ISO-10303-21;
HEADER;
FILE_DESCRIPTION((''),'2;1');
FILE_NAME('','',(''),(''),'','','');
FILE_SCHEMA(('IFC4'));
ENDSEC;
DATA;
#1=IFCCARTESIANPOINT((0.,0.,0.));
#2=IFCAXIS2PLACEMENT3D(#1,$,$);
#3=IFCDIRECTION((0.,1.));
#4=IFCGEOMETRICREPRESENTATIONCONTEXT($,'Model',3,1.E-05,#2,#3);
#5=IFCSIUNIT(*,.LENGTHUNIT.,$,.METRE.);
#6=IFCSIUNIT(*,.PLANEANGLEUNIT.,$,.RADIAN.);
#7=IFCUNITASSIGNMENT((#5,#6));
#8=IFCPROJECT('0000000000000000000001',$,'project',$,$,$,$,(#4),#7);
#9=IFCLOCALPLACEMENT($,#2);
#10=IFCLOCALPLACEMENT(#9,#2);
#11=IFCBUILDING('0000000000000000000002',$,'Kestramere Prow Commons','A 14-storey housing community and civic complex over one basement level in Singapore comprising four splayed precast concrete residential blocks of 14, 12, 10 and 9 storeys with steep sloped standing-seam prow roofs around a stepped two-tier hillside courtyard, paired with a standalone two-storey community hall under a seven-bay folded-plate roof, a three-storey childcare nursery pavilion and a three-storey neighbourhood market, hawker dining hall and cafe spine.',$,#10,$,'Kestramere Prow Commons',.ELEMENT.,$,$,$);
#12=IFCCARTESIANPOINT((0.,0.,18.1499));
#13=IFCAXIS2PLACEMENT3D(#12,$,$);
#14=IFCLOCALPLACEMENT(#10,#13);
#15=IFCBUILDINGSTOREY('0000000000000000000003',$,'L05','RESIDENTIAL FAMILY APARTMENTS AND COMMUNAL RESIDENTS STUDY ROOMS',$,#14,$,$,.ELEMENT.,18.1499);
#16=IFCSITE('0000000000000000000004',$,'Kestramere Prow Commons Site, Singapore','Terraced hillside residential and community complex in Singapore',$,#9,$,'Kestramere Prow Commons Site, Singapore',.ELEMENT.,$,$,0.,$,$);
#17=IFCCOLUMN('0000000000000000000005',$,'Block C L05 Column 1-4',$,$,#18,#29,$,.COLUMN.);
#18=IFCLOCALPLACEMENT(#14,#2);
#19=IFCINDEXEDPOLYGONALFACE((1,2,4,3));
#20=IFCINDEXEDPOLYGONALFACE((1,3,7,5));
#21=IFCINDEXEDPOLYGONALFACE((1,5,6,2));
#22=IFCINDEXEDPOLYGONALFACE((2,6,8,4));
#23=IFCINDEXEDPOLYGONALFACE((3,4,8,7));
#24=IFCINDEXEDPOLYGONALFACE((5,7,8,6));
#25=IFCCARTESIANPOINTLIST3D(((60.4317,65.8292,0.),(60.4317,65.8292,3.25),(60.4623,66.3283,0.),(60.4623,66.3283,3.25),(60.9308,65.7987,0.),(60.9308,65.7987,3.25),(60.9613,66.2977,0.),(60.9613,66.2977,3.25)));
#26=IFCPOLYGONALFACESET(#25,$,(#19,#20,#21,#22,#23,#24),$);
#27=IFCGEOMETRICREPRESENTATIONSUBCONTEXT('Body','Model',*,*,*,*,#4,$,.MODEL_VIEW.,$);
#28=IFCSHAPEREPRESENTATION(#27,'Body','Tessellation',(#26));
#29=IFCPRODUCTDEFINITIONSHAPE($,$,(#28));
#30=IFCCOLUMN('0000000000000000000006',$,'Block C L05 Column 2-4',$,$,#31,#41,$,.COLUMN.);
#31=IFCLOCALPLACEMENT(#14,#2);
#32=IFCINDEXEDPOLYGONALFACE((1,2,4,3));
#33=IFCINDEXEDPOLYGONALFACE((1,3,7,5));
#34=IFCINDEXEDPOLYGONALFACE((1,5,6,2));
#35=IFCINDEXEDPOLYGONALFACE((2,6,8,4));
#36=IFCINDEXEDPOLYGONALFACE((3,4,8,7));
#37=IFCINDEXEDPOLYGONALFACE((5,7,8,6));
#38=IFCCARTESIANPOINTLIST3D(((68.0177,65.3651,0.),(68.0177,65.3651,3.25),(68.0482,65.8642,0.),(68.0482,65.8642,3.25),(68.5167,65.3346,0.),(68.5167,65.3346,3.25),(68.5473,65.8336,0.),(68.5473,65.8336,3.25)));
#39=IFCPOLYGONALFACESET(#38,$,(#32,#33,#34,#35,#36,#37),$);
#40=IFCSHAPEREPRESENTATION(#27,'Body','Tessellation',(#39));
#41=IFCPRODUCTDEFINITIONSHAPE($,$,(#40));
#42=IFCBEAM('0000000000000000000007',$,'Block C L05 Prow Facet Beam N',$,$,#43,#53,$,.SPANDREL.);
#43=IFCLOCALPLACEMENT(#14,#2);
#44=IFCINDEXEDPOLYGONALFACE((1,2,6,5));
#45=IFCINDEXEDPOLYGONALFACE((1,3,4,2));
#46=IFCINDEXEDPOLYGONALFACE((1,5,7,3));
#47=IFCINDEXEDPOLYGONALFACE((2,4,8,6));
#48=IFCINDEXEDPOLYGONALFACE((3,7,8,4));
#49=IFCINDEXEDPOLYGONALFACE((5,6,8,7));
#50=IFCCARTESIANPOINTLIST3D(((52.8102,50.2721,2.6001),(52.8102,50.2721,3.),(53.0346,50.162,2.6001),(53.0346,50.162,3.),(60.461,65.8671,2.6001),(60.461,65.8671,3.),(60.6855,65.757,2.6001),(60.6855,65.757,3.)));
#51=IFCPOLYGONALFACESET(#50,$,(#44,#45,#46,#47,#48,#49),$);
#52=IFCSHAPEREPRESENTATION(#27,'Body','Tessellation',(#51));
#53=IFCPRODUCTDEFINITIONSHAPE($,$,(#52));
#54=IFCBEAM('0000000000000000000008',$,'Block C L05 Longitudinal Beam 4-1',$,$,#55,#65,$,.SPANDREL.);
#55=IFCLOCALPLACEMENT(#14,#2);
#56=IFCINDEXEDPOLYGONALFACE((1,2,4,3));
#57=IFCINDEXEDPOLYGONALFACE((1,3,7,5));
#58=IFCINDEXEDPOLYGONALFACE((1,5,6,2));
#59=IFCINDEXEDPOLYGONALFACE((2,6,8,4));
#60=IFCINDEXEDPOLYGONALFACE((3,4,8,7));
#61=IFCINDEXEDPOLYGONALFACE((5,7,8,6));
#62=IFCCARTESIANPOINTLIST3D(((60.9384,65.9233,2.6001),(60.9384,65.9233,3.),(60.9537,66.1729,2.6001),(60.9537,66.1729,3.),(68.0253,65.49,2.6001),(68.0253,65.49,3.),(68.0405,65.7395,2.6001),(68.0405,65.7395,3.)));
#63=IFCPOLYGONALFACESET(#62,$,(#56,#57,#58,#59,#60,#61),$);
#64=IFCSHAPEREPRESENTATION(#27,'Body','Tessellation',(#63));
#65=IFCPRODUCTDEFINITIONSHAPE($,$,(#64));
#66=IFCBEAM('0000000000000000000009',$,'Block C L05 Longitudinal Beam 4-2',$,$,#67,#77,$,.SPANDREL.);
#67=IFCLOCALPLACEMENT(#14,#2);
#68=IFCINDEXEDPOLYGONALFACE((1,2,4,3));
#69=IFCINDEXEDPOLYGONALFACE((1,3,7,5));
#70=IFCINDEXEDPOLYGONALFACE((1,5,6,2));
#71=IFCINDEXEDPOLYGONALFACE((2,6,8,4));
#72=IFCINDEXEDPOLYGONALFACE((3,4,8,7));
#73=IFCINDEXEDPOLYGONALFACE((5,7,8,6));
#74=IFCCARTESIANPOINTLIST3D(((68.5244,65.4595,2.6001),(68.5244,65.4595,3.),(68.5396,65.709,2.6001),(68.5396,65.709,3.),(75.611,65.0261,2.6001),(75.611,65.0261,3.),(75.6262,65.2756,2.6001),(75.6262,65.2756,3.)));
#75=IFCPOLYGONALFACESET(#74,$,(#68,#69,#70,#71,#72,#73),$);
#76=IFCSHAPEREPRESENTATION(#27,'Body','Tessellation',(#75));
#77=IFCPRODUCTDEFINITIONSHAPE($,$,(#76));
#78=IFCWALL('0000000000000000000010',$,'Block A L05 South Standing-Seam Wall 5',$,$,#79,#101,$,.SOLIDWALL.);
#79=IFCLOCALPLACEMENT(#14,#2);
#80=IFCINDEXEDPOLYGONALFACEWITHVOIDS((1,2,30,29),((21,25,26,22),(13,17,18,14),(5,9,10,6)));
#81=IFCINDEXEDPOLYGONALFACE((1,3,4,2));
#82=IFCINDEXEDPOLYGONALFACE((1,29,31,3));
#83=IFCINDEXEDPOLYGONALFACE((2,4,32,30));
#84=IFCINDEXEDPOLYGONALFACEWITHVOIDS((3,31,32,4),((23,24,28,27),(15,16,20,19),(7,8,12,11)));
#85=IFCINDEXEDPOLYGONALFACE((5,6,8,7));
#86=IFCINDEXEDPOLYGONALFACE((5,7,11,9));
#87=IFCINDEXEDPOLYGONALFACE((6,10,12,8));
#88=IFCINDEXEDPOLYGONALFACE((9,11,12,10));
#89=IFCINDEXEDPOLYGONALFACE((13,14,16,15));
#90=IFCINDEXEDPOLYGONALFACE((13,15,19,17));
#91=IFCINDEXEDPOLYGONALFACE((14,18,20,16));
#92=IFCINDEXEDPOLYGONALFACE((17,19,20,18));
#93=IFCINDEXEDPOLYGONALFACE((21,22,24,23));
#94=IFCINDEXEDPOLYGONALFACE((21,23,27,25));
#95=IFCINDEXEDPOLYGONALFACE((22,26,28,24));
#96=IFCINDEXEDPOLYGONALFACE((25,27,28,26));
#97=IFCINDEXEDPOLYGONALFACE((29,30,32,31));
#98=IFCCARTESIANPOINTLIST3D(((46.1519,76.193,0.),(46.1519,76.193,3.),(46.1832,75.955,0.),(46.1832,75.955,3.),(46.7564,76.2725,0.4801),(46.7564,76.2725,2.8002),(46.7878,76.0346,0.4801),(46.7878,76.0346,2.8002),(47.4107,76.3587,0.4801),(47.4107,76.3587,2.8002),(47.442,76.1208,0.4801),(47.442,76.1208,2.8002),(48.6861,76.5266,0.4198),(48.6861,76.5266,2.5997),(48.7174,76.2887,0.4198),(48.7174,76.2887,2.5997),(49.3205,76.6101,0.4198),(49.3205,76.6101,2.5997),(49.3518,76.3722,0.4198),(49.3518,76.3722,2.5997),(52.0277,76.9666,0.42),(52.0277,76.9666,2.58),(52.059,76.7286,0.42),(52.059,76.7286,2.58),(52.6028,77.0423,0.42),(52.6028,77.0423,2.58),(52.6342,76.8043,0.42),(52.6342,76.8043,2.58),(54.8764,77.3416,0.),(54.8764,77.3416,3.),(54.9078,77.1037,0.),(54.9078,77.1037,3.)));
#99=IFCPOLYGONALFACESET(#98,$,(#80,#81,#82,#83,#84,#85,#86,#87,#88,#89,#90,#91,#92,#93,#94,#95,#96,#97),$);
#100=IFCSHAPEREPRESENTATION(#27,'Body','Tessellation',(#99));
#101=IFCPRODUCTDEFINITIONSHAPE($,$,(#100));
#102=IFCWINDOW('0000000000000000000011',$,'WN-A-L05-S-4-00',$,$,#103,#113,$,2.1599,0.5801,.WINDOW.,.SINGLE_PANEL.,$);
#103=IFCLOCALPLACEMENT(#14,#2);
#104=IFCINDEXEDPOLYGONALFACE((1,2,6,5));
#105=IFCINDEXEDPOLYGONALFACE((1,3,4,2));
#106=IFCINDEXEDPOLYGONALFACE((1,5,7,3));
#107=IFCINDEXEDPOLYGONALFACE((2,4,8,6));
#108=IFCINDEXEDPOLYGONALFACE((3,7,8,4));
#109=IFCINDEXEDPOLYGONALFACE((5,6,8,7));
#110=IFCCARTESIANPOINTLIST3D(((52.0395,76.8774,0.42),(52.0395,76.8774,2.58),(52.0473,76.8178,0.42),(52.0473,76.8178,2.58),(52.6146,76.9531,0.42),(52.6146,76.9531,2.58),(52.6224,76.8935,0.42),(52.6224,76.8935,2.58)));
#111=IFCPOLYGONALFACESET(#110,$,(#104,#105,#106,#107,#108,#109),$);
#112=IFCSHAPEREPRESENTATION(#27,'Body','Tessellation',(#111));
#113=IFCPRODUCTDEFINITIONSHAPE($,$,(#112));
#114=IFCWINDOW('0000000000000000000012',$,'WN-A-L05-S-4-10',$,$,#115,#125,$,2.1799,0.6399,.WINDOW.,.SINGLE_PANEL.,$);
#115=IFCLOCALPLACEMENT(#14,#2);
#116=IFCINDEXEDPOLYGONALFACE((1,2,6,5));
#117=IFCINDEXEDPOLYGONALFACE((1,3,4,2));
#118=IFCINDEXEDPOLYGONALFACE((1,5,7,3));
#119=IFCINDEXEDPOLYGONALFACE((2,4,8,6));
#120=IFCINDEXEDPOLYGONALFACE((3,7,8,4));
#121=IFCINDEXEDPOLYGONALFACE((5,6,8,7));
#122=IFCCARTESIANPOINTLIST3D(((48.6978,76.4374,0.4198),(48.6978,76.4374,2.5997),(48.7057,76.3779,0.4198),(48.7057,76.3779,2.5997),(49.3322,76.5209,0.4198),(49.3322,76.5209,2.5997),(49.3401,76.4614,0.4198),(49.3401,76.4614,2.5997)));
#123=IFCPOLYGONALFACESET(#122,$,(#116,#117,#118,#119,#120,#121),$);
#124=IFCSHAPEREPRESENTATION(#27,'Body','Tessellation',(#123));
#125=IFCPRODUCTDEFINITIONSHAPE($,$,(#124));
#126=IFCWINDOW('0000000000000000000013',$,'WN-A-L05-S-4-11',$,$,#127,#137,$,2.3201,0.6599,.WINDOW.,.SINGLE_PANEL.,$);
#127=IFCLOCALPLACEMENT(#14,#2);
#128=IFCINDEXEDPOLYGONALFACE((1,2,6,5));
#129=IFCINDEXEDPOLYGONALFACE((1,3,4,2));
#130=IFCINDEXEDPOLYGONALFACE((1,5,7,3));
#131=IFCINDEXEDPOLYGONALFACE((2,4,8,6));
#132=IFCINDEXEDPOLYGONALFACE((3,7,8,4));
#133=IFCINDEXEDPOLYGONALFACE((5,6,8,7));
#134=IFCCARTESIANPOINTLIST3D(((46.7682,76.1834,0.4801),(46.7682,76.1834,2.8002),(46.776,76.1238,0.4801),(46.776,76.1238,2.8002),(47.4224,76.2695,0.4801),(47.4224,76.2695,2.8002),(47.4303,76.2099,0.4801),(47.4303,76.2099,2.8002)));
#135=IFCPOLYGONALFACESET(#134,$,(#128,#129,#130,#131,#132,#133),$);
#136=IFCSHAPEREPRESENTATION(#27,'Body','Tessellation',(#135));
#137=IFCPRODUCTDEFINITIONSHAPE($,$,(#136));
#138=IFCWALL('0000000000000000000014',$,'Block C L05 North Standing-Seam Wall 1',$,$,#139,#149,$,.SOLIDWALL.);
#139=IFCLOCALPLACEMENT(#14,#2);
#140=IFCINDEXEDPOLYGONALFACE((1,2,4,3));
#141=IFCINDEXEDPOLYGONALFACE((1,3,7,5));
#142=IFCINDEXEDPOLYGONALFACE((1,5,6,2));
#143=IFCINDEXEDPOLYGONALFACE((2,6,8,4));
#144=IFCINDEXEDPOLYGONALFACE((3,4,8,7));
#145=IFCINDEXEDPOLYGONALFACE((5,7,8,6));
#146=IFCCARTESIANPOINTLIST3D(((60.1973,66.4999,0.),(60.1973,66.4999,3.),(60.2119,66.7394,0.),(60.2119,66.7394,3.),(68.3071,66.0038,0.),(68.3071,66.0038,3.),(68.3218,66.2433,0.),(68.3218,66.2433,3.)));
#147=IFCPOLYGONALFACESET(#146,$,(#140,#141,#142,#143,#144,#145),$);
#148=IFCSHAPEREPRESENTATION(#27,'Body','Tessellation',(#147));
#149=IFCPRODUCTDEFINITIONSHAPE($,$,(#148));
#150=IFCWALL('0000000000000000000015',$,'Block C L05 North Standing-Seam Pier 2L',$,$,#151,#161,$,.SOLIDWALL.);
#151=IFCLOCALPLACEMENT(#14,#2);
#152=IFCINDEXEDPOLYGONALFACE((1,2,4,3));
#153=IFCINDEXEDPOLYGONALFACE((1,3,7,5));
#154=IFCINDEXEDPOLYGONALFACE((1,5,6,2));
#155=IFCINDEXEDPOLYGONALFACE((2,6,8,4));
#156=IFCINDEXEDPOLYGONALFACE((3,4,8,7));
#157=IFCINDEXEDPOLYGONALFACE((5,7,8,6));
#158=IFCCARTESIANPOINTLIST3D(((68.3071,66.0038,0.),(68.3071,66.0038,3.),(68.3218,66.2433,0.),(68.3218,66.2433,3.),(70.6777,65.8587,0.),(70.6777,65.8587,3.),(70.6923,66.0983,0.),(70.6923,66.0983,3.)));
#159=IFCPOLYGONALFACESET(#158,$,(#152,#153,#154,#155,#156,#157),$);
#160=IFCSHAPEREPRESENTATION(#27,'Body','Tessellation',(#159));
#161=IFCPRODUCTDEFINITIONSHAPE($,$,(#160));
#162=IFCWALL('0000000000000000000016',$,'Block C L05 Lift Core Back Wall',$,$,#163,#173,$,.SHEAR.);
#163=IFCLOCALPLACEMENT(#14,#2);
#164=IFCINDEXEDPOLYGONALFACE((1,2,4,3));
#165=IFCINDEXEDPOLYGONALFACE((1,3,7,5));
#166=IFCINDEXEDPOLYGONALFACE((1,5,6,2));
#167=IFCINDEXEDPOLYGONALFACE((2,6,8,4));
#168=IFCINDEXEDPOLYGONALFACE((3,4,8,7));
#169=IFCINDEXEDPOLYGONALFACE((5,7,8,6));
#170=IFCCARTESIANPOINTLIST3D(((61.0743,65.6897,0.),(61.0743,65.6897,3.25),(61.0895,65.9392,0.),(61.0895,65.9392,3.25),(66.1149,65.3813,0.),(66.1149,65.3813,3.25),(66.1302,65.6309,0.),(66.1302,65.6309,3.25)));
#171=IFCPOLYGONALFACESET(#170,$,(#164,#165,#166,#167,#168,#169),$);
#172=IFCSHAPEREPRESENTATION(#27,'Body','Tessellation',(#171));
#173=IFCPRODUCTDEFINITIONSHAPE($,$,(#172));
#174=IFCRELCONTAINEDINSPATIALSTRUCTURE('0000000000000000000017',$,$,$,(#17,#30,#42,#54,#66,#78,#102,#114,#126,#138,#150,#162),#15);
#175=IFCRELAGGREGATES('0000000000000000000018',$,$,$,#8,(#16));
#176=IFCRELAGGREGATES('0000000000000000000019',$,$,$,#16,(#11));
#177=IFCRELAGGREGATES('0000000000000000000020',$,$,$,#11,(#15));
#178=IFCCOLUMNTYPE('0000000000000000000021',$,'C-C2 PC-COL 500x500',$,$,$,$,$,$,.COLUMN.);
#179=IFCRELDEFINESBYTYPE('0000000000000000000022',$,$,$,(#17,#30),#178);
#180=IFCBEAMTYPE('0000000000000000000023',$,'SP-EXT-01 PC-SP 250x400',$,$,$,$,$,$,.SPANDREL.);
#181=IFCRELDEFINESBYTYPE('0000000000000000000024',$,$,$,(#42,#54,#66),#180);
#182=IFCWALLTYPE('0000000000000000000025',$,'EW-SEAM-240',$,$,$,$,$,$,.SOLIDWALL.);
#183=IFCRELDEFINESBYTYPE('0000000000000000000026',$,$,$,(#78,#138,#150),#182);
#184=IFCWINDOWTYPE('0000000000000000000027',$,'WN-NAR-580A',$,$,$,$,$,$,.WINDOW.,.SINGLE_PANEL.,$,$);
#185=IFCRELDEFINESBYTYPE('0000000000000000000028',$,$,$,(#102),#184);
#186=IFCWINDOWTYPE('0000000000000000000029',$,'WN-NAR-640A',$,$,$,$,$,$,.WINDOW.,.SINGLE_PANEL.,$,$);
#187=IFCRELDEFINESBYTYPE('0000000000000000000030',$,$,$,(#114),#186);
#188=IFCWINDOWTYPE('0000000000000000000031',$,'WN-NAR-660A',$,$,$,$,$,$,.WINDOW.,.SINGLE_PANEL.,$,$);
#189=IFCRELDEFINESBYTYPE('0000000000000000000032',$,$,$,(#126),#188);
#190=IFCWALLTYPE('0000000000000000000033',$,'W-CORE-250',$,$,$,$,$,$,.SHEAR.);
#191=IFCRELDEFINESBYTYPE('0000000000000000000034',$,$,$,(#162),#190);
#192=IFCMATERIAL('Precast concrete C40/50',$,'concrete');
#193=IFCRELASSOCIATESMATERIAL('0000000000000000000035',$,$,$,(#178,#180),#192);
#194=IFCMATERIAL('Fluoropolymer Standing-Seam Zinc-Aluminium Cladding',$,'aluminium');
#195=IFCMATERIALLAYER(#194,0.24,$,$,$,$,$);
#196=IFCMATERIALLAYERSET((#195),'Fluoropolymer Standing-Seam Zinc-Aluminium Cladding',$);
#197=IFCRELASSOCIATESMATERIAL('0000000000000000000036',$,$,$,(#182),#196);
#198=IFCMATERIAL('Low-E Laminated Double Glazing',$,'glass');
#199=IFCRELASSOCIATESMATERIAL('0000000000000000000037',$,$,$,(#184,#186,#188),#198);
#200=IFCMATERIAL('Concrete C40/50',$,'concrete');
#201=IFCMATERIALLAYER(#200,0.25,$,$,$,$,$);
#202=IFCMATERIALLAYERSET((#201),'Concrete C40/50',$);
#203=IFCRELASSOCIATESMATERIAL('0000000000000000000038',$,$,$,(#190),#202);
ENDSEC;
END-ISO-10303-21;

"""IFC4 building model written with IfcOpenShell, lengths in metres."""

from ifc_helpers import new_model, si_unit, direction, frame, frame_2d, origin, origin_2d, place, context, subcontext, project, spatial, rectangle, extrude, material, layer, layer_set, material_profile, profile_set, type_object, element, fill, save


model = new_model("IFC4")

# Units and contexts
model_context = context("Model", 3, precision=1e-05, world=origin(), true_north=direction((0.0, 1.0)))
body_context = subcontext(model_context, "Body", "Model", "MODEL_VIEW")
ifc_project = project(units=[si_unit("LENGTHUNIT", "METRE"), si_unit("PLANEANGLEUNIT", "RADIAN")], contexts=[model_context])

# Site, building, storey
site_placement = place(None, origin())
site = spatial("IfcSite", under=ifc_project, at=site_placement, Name="Kestramere Prow Commons Site, Singapore", Description="Terraced hillside residential and community complex in Singapore", LongName="Kestramere Prow Commons Site, Singapore", CompositionType="ELEMENT", RefElevation=0.0)
building_placement = place(site_placement, origin())
building = spatial("IfcBuilding", under=site, at=building_placement, Name="Kestramere Prow Commons", Description="A 14-storey housing community and civic complex over one basement level in Singapore comprising four splayed precast concrete residential blocks of 14, 12, 10 and 9 storeys with steep sloped standing-seam prow roofs around a stepped two-tier hillside courtyard, paired with a standalone two-storey community hall under a seven-bay folded-plate roof, a three-storey childcare nursery pavilion and a three-storey neighbourhood market, hawker dining hall and cafe spine.", LongName="Kestramere Prow Commons", CompositionType="ELEMENT")
storey_placement = place(building_placement, frame((0.0, 0.0, 18.1499)))
storey = spatial("IfcBuildingStorey", under=building, at=storey_placement, Name="L05", Description="RESIDENTIAL FAMILY APARTMENTS AND COMMUNAL RESIDENTS STUDY ROOMS", CompositionType="ELEMENT", Elevation=18.1499)

# Columns
ifc_material_1 = material(Name="Precast concrete C40/50", Category="concrete")
ifc_material_profile_1 = material_profile(ifc_material_1, rectangle(XDim=0.5, YDim=0.5, at=origin_2d()), Name="PC-COL 500x500")
ifc_profile_set_1 = profile_set([ifc_material_profile_1], Name="Precast concrete C40/50")
column_type = type_object("IfcColumnType", Name="C-C2 PC-COL 500x500", PredefinedType="COLUMN", material=ifc_profile_set_1)
for number, where, z_axis, x_axis, name in (
    (1, (60.6965, 66.0635, 0.0), (0.0, 0.0, 1.0), (0.998135, -0.061049, 0.0), "Block C L05 Column 1-4"),
    (2, (68.2825, 65.5994, 0.0), (0.0, 0.0, 1.0), (0.998135, -0.061049, 0.0), "Block C L05 Column 2-4"),
):
    element("IfcColumn", number, at=place(storey_placement, frame(where, z_axis=z_axis, x_axis=x_axis)), inside=storey, type_object=column_type, Name=name, PredefinedType="COLUMN", context=body_context, shape_type="SweptSolid", body=[
        extrude(rectangle(XDim=0.5, YDim=0.5, at=origin_2d()), origin(), (0.0, 0.0, 1.0), 3.25),
    ])

# Beams
ifc_material_profile_2 = material_profile(ifc_material_1, rectangle(XDim=0.25, YDim=0.3999, at=origin_2d()), Name="PC-SP 250x400")
ifc_profile_set_2 = profile_set([ifc_material_profile_2], Name="Precast concrete C40/50")
beam_type = type_object("IfcBeamType", Name="SP-EXT-01 PC-SP 250x400", PredefinedType="SPANDREL", material=ifc_profile_set_2)
beam_1_placement = place(storey_placement, frame((60.5732, 65.812, 2.8), z_axis=(-0.440449, -0.897778, 0.0), x_axis=(0.897778, -0.440449, 0.0)))
element("IfcBeam", 3, at=beam_1_placement, inside=storey, type_object=beam_type, Name="Block C L05 Prow Facet Beam N", PredefinedType="SPANDREL", context=body_context, shape_type="SweptSolid", body=[
    extrude(rectangle(XDim=0.25, YDim=0.3999, at=origin_2d()), origin(), (0.0, 0.0, 1.0), 17.3706),
])
beam_2_placement = place(storey_placement, frame((60.946, 66.0481, 2.8), z_axis=(0.998136, -0.061034, 0.0), x_axis=(0.061034, 0.998136, 0.0)))
element("IfcBeam", 4, at=beam_2_placement, inside=storey, type_object=beam_type, Name="Block C L05 Longitudinal Beam 4-1", PredefinedType="SPANDREL", context=body_context, shape_type="SweptSolid", body=[
    extrude(rectangle(XDim=0.25, YDim=0.3999, at=origin_2d()), origin(), (0.0, 0.0, 1.0), 7.1001),
])
beam_3_placement = place(storey_placement, frame((68.532, 65.5842, 2.8), z_axis=(0.998136, -0.061036, 0.0), x_axis=(0.061036, 0.998136, 0.0)))
element("IfcBeam", 5, at=beam_3_placement, inside=storey, type_object=beam_type, Name="Block C L05 Longitudinal Beam 4-2", PredefinedType="SPANDREL", context=body_context, shape_type="SweptSolid", body=[
    extrude(rectangle(XDim=0.25, YDim=0.3999, at=origin_2d()), origin(), (0.0, 0.0, 1.0), 7.0999),
])

# Wall, openings, windows
ifc_material_2 = material(Name="Fluoropolymer Standing-Seam Zinc-Aluminium Cladding", Category="aluminium")
ifc_layer_1 = layer(ifc_material_2, 0.24)
ifc_layer_set_1 = layer_set([ifc_layer_1], Name="Fluoropolymer Standing-Seam Zinc-Aluminium Cladding")
wall_type_1 = type_object("IfcWallType", Name="EW-SEAM-240", PredefinedType="SOLIDWALL", material=ifc_layer_set_1)
wall_1_placement = place(storey_placement, frame((54.8921, 77.2227, 0.0), z_axis=(0.0, 0.0, 1.0), x_axis=(-0.991444, -0.130533, 0.0)))
wall_1 = element("IfcWall", 6, at=wall_1_placement, inside=storey, type_object=wall_type_1, Name="Block A L05 South Standing-Seam Wall 5", PredefinedType="SOLIDWALL", context=body_context, shape_type="SweptSolid", body=[
    extrude(rectangle(XDim=8.7998, YDim=0.24, at=frame_2d((4.3999, 0.0))), origin(), (0.0, 0.0, 1.0), 3.0),
])
opening_1_placement = place(wall_1_placement, frame((2.2932, 0.0, 0.4199)))
opening_1 = element("IfcOpeningElement", 7, at=opening_1_placement, cuts=wall_1, PredefinedType="OPENING", context=body_context, shape_type="SweptSolid", body=[
    extrude(rectangle(XDim=0.5801, YDim=2.1599, at=frame_2d((0.29, 1.0801))), frame((0.0, 0.135, 0.0), z_axis=(0.0, -1.0, 0.0), x_axis=(1.0, 0.0, 0.0)), (0.0, 0.0, 1.0), 0.27),
])
opening_2_placement = place(wall_1_placement, frame((5.604, 0.0, 0.4199)))
opening_2 = element("IfcOpeningElement", 8, at=opening_2_placement, cuts=wall_1, PredefinedType="OPENING", context=body_context, shape_type="SweptSolid", body=[
    extrude(rectangle(XDim=0.6399, YDim=2.1799, at=frame_2d((0.3198, 1.0898))), frame((0.0, 0.135, 0.0), z_axis=(0.0, -1.0, 0.0), x_axis=(1.0, 0.0, 0.0)), (0.0, 0.0, 1.0), 0.27),
])
opening_3_placement = place(wall_1_placement, frame((7.53, 0.0, 0.48)))
opening_3 = element("IfcOpeningElement", 9, at=opening_3_placement, cuts=wall_1, PredefinedType="OPENING", context=body_context, shape_type="SweptSolid", body=[
    extrude(rectangle(XDim=0.6599, YDim=2.3201, at=frame_2d((0.3301, 1.1602))), frame((0.0, 0.135, 0.0), z_axis=(0.0, -1.0, 0.0), x_axis=(1.0, 0.0, 0.0)), (0.0, 0.0, 1.0), 0.27),
])
ifc_material_3 = material(Name="Low-E Laminated Double Glazing", Category="glass")
window_type_1 = type_object("IfcWindowType", Name="WN-NAR-580A", PartitioningType="SINGLE_PANEL", PredefinedType="WINDOW", material=ifc_material_3)
window_1_placement = place(opening_1_placement, origin())
window_1 = element("IfcWindow", 10, at=window_1_placement, inside=storey, type_object=window_type_1, Name="WN-A-L05-S-4-00", OverallHeight=2.1599, OverallWidth=0.5801, PartitioningType="SINGLE_PANEL", PredefinedType="WINDOW", context=body_context, shape_type="SweptSolid", body=[
    extrude(rectangle(XDim=0.5801, YDim=2.1599, at=frame_2d((0.29, 1.0801))), frame((0.0, 0.03, 0.0), z_axis=(0.0, -1.0, 0.0), x_axis=(1.0, 0.0, 0.0)), (0.0, 0.0, 1.0), 0.0601),
])
fill(opening_1, window_1)
window_type_2 = type_object("IfcWindowType", Name="WN-NAR-640A", PartitioningType="SINGLE_PANEL", PredefinedType="WINDOW", material=ifc_material_3)
window_2_placement = place(opening_2_placement, origin())
window_2 = element("IfcWindow", 11, at=window_2_placement, inside=storey, type_object=window_type_2, Name="WN-A-L05-S-4-10", OverallHeight=2.1799, OverallWidth=0.6399, PartitioningType="SINGLE_PANEL", PredefinedType="WINDOW", context=body_context, shape_type="SweptSolid", body=[
    extrude(rectangle(XDim=0.6399, YDim=2.1799, at=frame_2d((0.3198, 1.0898))), frame((0.0, 0.03, 0.0), z_axis=(0.0, -1.0, 0.0), x_axis=(1.0, 0.0, 0.0)), (0.0, 0.0, 1.0), 0.0601),
])
fill(opening_2, window_2)
window_type_3 = type_object("IfcWindowType", Name="WN-NAR-660A", PartitioningType="SINGLE_PANEL", PredefinedType="WINDOW", material=ifc_material_3)
window_3_placement = place(opening_3_placement, origin())
window_3 = element("IfcWindow", 12, at=window_3_placement, inside=storey, type_object=window_type_3, Name="WN-A-L05-S-4-11", OverallHeight=2.3201, OverallWidth=0.6599, PartitioningType="SINGLE_PANEL", PredefinedType="WINDOW", context=body_context, shape_type="SweptSolid", body=[
    extrude(rectangle(XDim=0.6599, YDim=2.3201, at=frame_2d((0.3301, 1.1602))), frame((0.0, 0.03, 0.0), z_axis=(0.0, -1.0, 0.0), x_axis=(1.0, 0.0, 0.0)), (0.0, 0.0, 1.0), 0.0601),
])
fill(opening_3, window_3)

# Walls
wall_2_placement = place(storey_placement, frame((60.2046, 66.6196, 0.0), z_axis=(0.0, 0.0, 1.0), x_axis=(0.998134, -0.061058, 0.0)))
element("IfcWall", 13, at=wall_2_placement, inside=storey, type_object=wall_type_1, Name="Block C L05 North Standing-Seam Wall 1", PredefinedType="SOLIDWALL", context=body_context, shape_type="SweptSolid", body=[
    extrude(rectangle(XDim=8.125, YDim=0.24, at=frame_2d((4.0625, 0.0))), origin(), (0.0, 0.0, 1.0), 3.0),
])
wall_3_placement = place(storey_placement, frame((68.3145, 66.1235, 0.0), z_axis=(0.0, 0.0, 1.0), x_axis=(0.998134, -0.06106, 0.0)))
element("IfcWall", 14, at=wall_3_placement, inside=storey, type_object=wall_type_1, Name="Block C L05 North Standing-Seam Pier 2L", PredefinedType="SOLIDWALL", context=body_context, shape_type="SweptSolid", body=[
    extrude(rectangle(XDim=2.375, YDim=0.24, at=frame_2d((1.1875, 0.0))), origin(), (0.0, 0.0, 1.0), 3.0),
])
ifc_material_4 = material(Name="Concrete C40/50", Category="concrete")
ifc_layer_2 = layer(ifc_material_4, 0.25)
ifc_layer_set_2 = layer_set([ifc_layer_2], Name="Concrete C40/50")
wall_type_2 = type_object("IfcWallType", Name="W-CORE-250", PredefinedType="SHEAR", material=ifc_layer_set_2)
wall_4_placement = place(storey_placement, frame((61.082, 65.8145, 0.0), z_axis=(0.0, 0.0, 1.0), x_axis=(0.998134, -0.06106, 0.0)))
element("IfcWall", 15, at=wall_4_placement, inside=storey, type_object=wall_type_2, Name="Block C L05 Lift Core Back Wall", PredefinedType="SHEAR", context=body_context, shape_type="SweptSolid", body=[
    extrude(rectangle(XDim=5.05, YDim=0.25, at=frame_2d((2.5249, 0.0))), origin(), (0.0, 0.0, 1.0), 3.25),
])

save(model, "model.ifc")
